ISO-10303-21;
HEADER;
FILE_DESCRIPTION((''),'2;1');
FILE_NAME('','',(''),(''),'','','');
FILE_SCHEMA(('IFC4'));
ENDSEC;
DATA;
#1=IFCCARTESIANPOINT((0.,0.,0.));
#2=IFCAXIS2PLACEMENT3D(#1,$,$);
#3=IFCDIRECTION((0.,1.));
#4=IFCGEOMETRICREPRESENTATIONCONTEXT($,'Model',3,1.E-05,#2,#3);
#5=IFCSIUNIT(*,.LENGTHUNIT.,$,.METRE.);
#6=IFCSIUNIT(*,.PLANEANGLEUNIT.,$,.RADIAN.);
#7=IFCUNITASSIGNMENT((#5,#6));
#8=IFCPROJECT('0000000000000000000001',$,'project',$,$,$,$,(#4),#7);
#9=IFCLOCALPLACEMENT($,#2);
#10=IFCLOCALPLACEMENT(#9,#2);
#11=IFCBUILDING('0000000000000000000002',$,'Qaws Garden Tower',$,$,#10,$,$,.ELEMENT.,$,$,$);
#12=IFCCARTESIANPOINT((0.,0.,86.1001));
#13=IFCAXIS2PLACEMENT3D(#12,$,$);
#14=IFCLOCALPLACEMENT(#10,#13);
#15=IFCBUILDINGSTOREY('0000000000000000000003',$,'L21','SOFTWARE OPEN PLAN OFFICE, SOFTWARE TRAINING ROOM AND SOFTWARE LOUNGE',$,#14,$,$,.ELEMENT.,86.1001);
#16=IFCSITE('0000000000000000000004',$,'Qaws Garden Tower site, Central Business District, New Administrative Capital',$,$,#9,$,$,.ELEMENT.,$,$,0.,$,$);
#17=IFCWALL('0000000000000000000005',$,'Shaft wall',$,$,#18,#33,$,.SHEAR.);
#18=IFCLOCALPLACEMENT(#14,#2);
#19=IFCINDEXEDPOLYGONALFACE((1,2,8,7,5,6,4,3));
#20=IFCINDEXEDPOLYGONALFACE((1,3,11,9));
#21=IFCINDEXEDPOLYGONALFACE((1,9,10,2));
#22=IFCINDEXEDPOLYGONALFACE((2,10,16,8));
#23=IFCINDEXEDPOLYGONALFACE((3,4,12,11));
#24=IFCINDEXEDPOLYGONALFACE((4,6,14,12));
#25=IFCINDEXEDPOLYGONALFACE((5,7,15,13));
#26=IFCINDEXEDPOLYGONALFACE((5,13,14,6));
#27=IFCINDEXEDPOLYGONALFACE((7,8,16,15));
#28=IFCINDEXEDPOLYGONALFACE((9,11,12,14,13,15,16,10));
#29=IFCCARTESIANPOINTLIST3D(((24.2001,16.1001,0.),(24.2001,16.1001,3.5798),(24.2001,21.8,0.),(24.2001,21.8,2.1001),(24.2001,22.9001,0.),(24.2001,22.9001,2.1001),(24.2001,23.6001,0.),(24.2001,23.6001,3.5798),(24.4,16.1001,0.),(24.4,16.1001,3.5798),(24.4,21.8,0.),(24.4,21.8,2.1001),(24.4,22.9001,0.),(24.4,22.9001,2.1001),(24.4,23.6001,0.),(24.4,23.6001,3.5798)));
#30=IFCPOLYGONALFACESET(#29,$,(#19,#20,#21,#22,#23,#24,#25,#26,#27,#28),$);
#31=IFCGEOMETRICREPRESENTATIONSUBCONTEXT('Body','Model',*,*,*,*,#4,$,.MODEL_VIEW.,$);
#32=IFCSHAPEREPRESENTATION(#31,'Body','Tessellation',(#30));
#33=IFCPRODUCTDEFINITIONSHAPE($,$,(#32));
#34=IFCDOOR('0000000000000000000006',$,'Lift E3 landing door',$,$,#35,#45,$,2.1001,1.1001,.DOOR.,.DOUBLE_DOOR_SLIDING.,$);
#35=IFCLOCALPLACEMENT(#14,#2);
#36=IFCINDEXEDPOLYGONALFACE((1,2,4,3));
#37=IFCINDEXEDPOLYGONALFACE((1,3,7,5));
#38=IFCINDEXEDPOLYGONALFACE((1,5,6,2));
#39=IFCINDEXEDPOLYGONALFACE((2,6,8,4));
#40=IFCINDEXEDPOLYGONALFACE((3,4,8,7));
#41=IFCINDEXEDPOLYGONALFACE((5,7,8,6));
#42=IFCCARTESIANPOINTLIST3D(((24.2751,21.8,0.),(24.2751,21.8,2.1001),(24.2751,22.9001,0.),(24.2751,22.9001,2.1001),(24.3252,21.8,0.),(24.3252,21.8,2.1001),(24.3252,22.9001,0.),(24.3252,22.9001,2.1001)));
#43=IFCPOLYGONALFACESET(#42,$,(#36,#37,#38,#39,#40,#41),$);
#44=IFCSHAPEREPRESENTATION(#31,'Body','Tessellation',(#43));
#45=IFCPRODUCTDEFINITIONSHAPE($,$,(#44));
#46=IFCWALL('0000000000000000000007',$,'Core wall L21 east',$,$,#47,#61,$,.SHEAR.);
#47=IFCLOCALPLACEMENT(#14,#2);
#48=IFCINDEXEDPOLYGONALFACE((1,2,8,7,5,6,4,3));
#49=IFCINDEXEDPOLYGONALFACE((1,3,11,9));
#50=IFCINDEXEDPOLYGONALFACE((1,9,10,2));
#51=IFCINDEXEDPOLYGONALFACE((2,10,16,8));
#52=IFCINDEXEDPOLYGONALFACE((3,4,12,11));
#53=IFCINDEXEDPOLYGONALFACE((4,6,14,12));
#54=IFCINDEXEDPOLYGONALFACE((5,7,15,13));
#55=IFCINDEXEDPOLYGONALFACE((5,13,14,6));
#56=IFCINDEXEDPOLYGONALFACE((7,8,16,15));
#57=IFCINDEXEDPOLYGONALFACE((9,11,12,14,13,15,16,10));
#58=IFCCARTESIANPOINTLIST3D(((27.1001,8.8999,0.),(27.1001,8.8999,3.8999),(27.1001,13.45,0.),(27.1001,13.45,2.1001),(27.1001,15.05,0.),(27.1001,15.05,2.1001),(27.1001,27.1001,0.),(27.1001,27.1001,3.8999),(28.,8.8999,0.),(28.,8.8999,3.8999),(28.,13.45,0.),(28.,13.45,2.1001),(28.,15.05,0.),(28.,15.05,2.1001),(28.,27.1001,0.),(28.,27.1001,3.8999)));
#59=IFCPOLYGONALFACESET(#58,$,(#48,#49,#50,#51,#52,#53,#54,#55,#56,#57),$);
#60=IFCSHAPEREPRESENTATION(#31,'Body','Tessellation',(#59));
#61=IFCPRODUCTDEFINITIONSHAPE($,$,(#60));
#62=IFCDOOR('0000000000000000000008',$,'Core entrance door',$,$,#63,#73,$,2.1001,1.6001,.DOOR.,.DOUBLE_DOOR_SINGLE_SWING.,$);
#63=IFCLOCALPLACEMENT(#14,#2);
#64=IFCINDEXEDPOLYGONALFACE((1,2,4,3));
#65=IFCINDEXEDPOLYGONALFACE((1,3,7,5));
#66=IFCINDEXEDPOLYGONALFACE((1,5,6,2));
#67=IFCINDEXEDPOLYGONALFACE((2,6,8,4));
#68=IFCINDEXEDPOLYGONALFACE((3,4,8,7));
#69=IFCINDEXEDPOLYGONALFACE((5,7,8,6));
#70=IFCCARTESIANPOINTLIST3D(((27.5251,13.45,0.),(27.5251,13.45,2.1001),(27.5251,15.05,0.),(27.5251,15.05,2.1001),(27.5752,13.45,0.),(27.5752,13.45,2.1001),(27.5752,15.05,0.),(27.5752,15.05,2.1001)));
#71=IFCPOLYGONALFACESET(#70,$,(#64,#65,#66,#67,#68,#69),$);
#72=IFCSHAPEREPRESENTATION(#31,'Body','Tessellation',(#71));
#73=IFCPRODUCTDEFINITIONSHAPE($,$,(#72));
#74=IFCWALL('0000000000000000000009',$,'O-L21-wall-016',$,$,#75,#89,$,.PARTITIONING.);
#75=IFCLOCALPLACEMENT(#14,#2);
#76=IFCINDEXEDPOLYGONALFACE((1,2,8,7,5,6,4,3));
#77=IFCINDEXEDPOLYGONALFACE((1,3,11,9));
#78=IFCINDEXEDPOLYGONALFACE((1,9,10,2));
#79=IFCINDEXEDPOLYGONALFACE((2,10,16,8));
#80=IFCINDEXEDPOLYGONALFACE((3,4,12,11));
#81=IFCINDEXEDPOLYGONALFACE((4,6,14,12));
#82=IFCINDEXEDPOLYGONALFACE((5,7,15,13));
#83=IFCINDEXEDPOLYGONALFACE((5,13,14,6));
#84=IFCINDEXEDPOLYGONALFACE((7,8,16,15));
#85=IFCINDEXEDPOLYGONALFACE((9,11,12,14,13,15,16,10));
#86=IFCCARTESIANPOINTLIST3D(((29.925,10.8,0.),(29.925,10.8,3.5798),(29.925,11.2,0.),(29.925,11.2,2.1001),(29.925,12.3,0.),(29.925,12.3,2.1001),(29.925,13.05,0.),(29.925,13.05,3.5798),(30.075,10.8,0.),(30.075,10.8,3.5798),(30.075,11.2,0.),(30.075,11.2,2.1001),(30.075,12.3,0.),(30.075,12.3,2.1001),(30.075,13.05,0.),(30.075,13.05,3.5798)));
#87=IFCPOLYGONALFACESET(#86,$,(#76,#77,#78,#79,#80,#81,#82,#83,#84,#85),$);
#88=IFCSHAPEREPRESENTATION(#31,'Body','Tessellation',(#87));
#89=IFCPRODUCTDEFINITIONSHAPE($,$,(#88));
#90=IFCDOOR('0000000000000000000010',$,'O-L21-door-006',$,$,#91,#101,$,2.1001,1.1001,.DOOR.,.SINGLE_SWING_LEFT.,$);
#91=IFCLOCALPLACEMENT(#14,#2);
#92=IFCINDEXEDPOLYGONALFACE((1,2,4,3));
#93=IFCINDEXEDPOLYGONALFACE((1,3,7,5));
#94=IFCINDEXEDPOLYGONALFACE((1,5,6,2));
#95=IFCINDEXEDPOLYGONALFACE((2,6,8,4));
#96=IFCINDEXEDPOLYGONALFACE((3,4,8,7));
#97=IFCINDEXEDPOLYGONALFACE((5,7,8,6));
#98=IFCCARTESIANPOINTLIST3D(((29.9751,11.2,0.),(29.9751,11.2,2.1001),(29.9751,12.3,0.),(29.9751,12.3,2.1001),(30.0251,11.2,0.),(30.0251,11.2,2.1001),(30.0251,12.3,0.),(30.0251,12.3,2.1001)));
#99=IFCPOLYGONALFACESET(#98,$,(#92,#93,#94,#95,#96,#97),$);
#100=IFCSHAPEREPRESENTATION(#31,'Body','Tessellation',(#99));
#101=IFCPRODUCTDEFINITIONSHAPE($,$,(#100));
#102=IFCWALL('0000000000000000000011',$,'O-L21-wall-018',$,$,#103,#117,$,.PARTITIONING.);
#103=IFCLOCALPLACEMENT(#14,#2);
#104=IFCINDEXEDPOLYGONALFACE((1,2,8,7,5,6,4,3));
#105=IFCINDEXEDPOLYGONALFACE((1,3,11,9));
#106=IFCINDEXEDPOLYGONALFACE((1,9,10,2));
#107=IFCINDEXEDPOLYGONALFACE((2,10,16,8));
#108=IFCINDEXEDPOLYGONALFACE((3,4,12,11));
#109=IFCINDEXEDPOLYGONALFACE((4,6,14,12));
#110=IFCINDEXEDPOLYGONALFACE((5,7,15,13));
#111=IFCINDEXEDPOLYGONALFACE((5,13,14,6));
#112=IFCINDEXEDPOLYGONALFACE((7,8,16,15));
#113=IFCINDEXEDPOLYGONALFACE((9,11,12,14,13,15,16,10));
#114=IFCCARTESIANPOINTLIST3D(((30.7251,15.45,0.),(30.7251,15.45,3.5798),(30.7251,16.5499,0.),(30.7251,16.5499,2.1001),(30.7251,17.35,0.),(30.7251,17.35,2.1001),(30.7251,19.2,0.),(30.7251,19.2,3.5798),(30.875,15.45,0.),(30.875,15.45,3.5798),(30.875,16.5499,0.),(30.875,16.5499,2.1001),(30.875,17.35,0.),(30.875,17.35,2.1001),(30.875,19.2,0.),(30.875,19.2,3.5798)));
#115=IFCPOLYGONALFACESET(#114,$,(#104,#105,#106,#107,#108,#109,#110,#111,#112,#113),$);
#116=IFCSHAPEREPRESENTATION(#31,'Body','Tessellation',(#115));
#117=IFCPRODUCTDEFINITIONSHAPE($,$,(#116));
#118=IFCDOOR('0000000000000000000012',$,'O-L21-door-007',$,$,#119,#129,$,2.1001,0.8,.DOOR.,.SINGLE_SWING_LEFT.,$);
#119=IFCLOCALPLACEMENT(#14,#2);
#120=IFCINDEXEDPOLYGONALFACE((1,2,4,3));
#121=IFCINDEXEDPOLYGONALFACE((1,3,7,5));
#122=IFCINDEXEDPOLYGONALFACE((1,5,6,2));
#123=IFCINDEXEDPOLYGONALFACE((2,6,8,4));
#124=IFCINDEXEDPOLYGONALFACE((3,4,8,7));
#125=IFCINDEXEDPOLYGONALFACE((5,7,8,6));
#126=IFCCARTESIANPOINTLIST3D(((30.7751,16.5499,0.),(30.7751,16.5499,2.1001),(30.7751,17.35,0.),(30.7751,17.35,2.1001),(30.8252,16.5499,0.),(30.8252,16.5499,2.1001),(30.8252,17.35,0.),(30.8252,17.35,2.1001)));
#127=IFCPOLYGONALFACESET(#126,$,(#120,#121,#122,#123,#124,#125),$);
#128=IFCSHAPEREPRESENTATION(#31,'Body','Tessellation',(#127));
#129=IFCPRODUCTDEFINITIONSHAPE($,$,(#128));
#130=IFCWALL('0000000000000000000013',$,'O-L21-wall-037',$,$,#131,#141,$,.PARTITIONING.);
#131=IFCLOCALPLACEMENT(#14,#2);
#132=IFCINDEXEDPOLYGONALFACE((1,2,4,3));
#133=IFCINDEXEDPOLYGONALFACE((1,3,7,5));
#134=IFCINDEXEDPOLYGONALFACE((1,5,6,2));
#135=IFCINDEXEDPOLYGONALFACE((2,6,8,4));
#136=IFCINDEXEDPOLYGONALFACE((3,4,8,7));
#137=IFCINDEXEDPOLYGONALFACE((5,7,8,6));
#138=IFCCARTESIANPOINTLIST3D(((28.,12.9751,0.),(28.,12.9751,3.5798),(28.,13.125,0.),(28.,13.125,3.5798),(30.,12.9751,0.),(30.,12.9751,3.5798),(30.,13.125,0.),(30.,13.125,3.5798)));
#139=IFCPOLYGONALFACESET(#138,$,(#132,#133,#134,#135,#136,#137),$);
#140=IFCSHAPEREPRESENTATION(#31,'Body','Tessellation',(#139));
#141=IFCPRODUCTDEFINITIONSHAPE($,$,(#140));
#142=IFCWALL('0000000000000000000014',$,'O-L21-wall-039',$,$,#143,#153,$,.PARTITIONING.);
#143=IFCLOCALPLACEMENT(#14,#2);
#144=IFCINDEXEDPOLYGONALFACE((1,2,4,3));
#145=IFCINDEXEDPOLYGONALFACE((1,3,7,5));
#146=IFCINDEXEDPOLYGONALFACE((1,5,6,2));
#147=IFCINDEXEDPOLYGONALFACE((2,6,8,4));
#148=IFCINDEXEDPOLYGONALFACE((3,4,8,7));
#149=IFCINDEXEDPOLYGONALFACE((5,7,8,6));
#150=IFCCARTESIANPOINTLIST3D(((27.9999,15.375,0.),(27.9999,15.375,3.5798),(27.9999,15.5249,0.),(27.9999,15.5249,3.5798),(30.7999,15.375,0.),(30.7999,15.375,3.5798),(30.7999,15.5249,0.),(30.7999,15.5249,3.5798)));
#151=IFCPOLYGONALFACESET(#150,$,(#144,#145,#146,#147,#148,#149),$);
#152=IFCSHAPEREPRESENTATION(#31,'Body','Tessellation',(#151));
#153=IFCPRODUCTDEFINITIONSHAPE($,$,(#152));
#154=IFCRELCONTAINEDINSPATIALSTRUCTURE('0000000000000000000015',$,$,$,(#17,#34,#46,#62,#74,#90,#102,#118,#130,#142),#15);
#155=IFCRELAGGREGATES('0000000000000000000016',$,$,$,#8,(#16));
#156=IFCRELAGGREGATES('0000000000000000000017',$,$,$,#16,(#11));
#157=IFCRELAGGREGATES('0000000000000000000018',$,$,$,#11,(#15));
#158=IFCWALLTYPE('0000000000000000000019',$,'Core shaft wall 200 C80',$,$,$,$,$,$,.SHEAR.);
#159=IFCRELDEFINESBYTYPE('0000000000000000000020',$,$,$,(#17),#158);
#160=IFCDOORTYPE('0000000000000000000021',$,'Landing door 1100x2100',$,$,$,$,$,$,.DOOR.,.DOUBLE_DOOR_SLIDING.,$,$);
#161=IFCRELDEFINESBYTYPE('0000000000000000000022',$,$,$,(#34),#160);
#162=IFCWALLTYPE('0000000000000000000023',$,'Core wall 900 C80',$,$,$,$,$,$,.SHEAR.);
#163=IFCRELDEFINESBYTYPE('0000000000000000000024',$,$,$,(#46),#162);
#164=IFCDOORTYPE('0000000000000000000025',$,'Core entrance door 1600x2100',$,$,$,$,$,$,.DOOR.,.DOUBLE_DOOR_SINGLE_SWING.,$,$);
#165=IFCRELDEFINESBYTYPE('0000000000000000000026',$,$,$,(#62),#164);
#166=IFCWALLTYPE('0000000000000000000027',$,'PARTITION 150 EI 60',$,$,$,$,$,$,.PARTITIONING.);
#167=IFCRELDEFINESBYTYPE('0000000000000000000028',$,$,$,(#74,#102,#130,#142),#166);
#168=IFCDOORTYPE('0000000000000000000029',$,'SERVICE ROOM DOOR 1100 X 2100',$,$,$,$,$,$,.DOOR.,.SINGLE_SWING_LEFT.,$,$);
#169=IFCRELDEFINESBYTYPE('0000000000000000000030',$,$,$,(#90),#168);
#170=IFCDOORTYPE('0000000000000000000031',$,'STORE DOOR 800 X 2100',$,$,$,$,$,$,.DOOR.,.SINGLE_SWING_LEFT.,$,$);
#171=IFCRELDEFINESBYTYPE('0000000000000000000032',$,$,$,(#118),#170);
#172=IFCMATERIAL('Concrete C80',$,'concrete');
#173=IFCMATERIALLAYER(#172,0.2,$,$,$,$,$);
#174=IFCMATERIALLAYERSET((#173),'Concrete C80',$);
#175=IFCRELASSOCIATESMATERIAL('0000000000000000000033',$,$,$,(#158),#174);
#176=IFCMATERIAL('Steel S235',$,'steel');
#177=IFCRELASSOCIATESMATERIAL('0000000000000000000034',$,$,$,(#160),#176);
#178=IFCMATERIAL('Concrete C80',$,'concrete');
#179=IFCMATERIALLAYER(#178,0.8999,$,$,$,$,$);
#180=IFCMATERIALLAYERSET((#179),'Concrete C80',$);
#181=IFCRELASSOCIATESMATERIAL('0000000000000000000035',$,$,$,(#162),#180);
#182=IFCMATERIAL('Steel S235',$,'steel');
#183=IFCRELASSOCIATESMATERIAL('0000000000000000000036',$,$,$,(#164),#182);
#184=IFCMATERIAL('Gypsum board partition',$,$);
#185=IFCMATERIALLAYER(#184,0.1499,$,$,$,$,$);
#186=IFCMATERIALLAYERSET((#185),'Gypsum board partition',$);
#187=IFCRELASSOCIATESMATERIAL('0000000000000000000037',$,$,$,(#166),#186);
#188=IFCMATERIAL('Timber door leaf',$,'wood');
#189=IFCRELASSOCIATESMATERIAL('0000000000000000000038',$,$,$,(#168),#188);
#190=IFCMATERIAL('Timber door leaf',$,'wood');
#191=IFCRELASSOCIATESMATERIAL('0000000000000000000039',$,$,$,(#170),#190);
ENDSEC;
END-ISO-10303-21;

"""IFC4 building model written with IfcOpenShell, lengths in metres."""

from ifc_helpers import new_model, si_unit, direction, frame, frame_2d, origin, place, context, subcontext, project, spatial, rectangle, extrude, material, layer, layer_set, type_object, element, fill, save


model = new_model("IFC4")

# Units and contexts
model_context = context("Model", 3, precision=1e-05, world=origin(), true_north=direction((0.0, 1.0)))
body_context = subcontext(model_context, "Body", "Model", "MODEL_VIEW")
ifc_project = project(units=[si_unit("LENGTHUNIT", "METRE"), si_unit("PLANEANGLEUNIT", "RADIAN")], contexts=[model_context])

# Site, building, storey
site_placement = place(None, origin())
site = spatial("IfcSite", under=ifc_project, at=site_placement, Name="Qaws Garden Tower site, Central Business District, New Administrative Capital", CompositionType="ELEMENT", RefElevation=0.0)
building_placement = place(site_placement, origin())
building = spatial("IfcBuilding", under=site, at=building_placement, Name="Qaws Garden Tower", CompositionType="ELEMENT")
storey_placement = place(building_placement, frame((0.0, 0.0, 86.1001)))
storey = spatial("IfcBuildingStorey", under=building, at=storey_placement, Name="L21", Description="SOFTWARE OPEN PLAN OFFICE, SOFTWARE TRAINING ROOM AND SOFTWARE LOUNGE", CompositionType="ELEMENT", Elevation=86.1001)

# Shared definitions
ifc_material_1 = material(Name="Concrete C80", Category="concrete")
ifc_layer_1 = layer(ifc_material_1, 0.2)
ifc_layer_set_1 = layer_set([ifc_layer_1], Name="Concrete C80")
wall_type_1 = type_object("IfcWallType", Name="Core shaft wall 200 C80", PredefinedType="SHEAR", material=ifc_layer_set_1)

# Walls, openings, doors
wall_1_placement = place(storey_placement, frame((24.3, 16.1001, 0.0), z_axis=(0.0, 0.0, 1.0), x_axis=(0.0, 1.0, 0.0)))
wall_1 = element("IfcWall", 1, at=wall_1_placement, inside=storey, type_object=wall_type_1, Name="Shaft wall", PredefinedType="SHEAR", context=body_context, shape_type="SweptSolid", body=[
    extrude(rectangle(XDim=7.5, YDim=0.2, at=frame_2d((3.75, 0.0))), origin(), (0.0, 0.0, 1.0), 3.5798),
])
opening_1_placement = place(wall_1_placement, frame((5.7, 0.0, 0.0)))
opening_1 = element("IfcOpeningElement", 2, at=opening_1_placement, cuts=wall_1, PredefinedType="OPENING", context=body_context, shape_type="SweptSolid", body=[
    extrude(rectangle(XDim=1.1001, YDim=2.1001, at=frame_2d((0.55, 1.05))), frame((0.0, 0.1099, 0.0), z_axis=(0.0, -1.0, 0.0), x_axis=(1.0, 0.0, 0.0)), (0.0, 0.0, 1.0), 0.22),
])
ifc_material_2 = material(Name="Steel S235", Category="steel")
door_type_1 = type_object("IfcDoorType", Name="Landing door 1100x2100", OperationType="DOUBLE_DOOR_SLIDING", PredefinedType="DOOR", material=ifc_material_2)
door_1_placement = place(opening_1_placement, origin())
door_1 = element("IfcDoor", 3, at=door_1_placement, inside=storey, type_object=door_type_1, Name="Lift E3 landing door", OperationType="DOUBLE_DOOR_SLIDING", OverallHeight=2.1001, OverallWidth=1.1001, PredefinedType="DOOR", context=body_context, shape_type="SweptSolid", body=[
    extrude(rectangle(XDim=1.1001, YDim=2.1001, at=frame_2d((0.55, 1.05))), frame((0.0, 0.0249, 0.0), z_axis=(0.0, -1.0, 0.0), x_axis=(1.0, 0.0, 0.0)), (0.0, 0.0, 1.0), 0.05),
])
fill(opening_1, door_1)
ifc_material_3 = material(Name="Concrete C80", Category="concrete")
ifc_layer_2 = layer(ifc_material_3, 0.8999)
ifc_layer_set_2 = layer_set([ifc_layer_2], Name="Concrete C80")
wall_type_2 = type_object("IfcWallType", Name="Core wall 900 C80", PredefinedType="SHEAR", material=ifc_layer_set_2)
wall_2_placement = place(storey_placement, frame((27.55, 8.8999, 0.0), z_axis=(0.0, 0.0, 1.0), x_axis=(0.0, 1.0, 0.0)))
wall_2 = element("IfcWall", 4, at=wall_2_placement, inside=storey, type_object=wall_type_2, Name="Core wall L21 east", PredefinedType="SHEAR", context=body_context, shape_type="SweptSolid", body=[
    extrude(rectangle(XDim=18.2002, YDim=0.8999, at=frame_2d((9.1001, 0.0))), origin(), (0.0, 0.0, 1.0), 3.8999),
])
opening_2_placement = place(wall_2_placement, frame((4.55, 0.0, 0.0)))
opening_2 = element("IfcOpeningElement", 5, at=opening_2_placement, cuts=wall_2, PredefinedType="OPENING", context=body_context, shape_type="SweptSolid", body=[
    extrude(rectangle(XDim=1.6001, YDim=2.1001, at=frame_2d((0.8, 1.05))), frame((0.0, 0.46, 0.0), z_axis=(0.0, -1.0, 0.0), x_axis=(1.0, 0.0, 0.0)), (0.0, 0.0, 1.0), 0.9199),
])
ifc_material_4 = material(Name="Steel S235", Category="steel")
door_type_2 = type_object("IfcDoorType", Name="Core entrance door 1600x2100", OperationType="DOUBLE_DOOR_SINGLE_SWING", PredefinedType="DOOR", material=ifc_material_4)
door_2_placement = place(opening_2_placement, origin())
door_2 = element("IfcDoor", 6, at=door_2_placement, inside=storey, type_object=door_type_2, Name="Core entrance door", OperationType="DOUBLE_DOOR_SINGLE_SWING", OverallHeight=2.1001, OverallWidth=1.6001, PredefinedType="DOOR", context=body_context, shape_type="SweptSolid", body=[
    extrude(rectangle(XDim=1.6001, YDim=2.1001, at=frame_2d((0.8, 1.05))), frame((0.0, 0.0249, 0.0), z_axis=(0.0, -1.0, 0.0), x_axis=(1.0, 0.0, 0.0)), (0.0, 0.0, 1.0), 0.05),
])
fill(opening_2, door_2)
ifc_material_5 = material(Name="Gypsum board partition")
ifc_layer_3 = layer(ifc_material_5, 0.1499)
ifc_layer_set_3 = layer_set([ifc_layer_3], Name="Gypsum board partition")
wall_type_3 = type_object("IfcWallType", Name="PARTITION 150 EI 60", PredefinedType="PARTITIONING", material=ifc_layer_set_3)
wall_3_placement = place(storey_placement, frame((30.0, 10.8, 0.0), z_axis=(0.0, 0.0, 1.0), x_axis=(0.0, 1.0, 0.0)))
wall_3 = element("IfcWall", 7, at=wall_3_placement, inside=storey, type_object=wall_type_3, Name="O-L21-wall-016", PredefinedType="PARTITIONING", context=body_context, shape_type="SweptSolid", body=[
    extrude(rectangle(XDim=2.25, YDim=0.1499, at=frame_2d((1.125, 0.0))), origin(), (0.0, 0.0, 1.0), 3.5798),
])
opening_3_placement = place(wall_3_placement, frame((0.3999, 0.0, 0.0)))
opening_3 = element("IfcOpeningElement", 8, at=opening_3_placement, cuts=wall_3, PredefinedType="OPENING", context=body_context, shape_type="SweptSolid", body=[
    extrude(rectangle(XDim=1.1001, YDim=2.1001, at=frame_2d((0.55, 1.05))), frame((0.0, 0.085, 0.0), z_axis=(0.0, -1.0, 0.0), x_axis=(1.0, 0.0, 0.0)), (0.0, 0.0, 1.0), 0.1699),
])
ifc_material_6 = material(Name="Timber door leaf", Category="wood")
door_type_3 = type_object("IfcDoorType", Name="SERVICE ROOM DOOR 1100 X 2100", OperationType="SINGLE_SWING_LEFT", PredefinedType="DOOR", material=ifc_material_6)
door_3_placement = place(opening_3_placement, origin())
door_3 = element("IfcDoor", 9, at=door_3_placement, inside=storey, type_object=door_type_3, Name="O-L21-door-006", OperationType="SINGLE_SWING_LEFT", OverallHeight=2.1001, OverallWidth=1.1001, PredefinedType="DOOR", context=body_context, shape_type="SweptSolid", body=[
    extrude(rectangle(XDim=1.1001, YDim=2.1001, at=frame_2d((0.55, 1.05))), frame((0.0, 0.0249, 0.0), z_axis=(0.0, -1.0, 0.0), x_axis=(1.0, 0.0, 0.0)), (0.0, 0.0, 1.0), 0.05),
])
fill(opening_3, door_3)
wall_4_placement = place(storey_placement, frame((30.8, 15.45, 0.0), z_axis=(0.0, 0.0, 1.0), x_axis=(0.0, 1.0, 0.0)))
wall_4 = element("IfcWall", 10, at=wall_4_placement, inside=storey, type_object=wall_type_3, Name="O-L21-wall-018", PredefinedType="PARTITIONING", context=body_context, shape_type="SweptSolid", body=[
    extrude(rectangle(XDim=3.75, YDim=0.1499, at=frame_2d((1.875, 0.0))), origin(), (0.0, 0.0, 1.0), 3.5798),
])
opening_4_placement = place(wall_4_placement, frame((1.1001, 0.0, 0.0)))
opening_4 = element("IfcOpeningElement", 11, at=opening_4_placement, cuts=wall_4, PredefinedType="OPENING", context=body_context, shape_type="SweptSolid", body=[
    extrude(rectangle(XDim=0.8, YDim=2.1001, at=frame_2d((0.3999, 1.05))), frame((0.0, 0.085, 0.0), z_axis=(0.0, -1.0, 0.0), x_axis=(1.0, 0.0, 0.0)), (0.0, 0.0, 1.0), 0.1699),
])
ifc_material_7 = material(Name="Timber door leaf", Category="wood")
door_type_4 = type_object("IfcDoorType", Name="STORE DOOR 800 X 2100", OperationType="SINGLE_SWING_LEFT", PredefinedType="DOOR", material=ifc_material_7)
door_4_placement = place(opening_4_placement, origin())
door_4 = element("IfcDoor", 12, at=door_4_placement, inside=storey, type_object=door_type_4, Name="O-L21-door-007", OperationType="SINGLE_SWING_LEFT", OverallHeight=2.1001, OverallWidth=0.8, PredefinedType="DOOR", context=body_context, shape_type="SweptSolid", body=[
    extrude(rectangle(XDim=0.8, YDim=2.1001, at=frame_2d((0.3999, 1.05))), frame((0.0, 0.0249, 0.0), z_axis=(0.0, -1.0, 0.0), x_axis=(1.0, 0.0, 0.0)), (0.0, 0.0, 1.0), 0.05),
])
fill(opening_4, door_4)

# Walls
wall_5_placement = place(storey_placement, frame((28.0, 13.05, 0.0), z_axis=(0.0, 0.0, 1.0), x_axis=(1.0, 0.0, 0.0)))
element("IfcWall", 13, at=wall_5_placement, inside=storey, type_object=wall_type_3, Name="O-L21-wall-037", PredefinedType="PARTITIONING", context=body_context, shape_type="SweptSolid", body=[
    extrude(rectangle(XDim=2.0, YDim=0.1499, at=frame_2d((1.0, 0.0))), origin(), (0.0, 0.0, 1.0), 3.5798),
])
wall_6_placement = place(storey_placement, frame((28.0, 15.45, 0.0), z_axis=(0.0, 0.0, 1.0), x_axis=(1.0, 0.0, 0.0)))
element("IfcWall", 14, at=wall_6_placement, inside=storey, type_object=wall_type_3, Name="O-L21-wall-039", PredefinedType="PARTITIONING", context=body_context, shape_type="SweptSolid", body=[
    extrude(rectangle(XDim=2.8, YDim=0.1499, at=frame_2d((1.3999, 0.0))), origin(), (0.0, 0.0, 1.0), 3.5798),
])

save(model, "model.ifc")
